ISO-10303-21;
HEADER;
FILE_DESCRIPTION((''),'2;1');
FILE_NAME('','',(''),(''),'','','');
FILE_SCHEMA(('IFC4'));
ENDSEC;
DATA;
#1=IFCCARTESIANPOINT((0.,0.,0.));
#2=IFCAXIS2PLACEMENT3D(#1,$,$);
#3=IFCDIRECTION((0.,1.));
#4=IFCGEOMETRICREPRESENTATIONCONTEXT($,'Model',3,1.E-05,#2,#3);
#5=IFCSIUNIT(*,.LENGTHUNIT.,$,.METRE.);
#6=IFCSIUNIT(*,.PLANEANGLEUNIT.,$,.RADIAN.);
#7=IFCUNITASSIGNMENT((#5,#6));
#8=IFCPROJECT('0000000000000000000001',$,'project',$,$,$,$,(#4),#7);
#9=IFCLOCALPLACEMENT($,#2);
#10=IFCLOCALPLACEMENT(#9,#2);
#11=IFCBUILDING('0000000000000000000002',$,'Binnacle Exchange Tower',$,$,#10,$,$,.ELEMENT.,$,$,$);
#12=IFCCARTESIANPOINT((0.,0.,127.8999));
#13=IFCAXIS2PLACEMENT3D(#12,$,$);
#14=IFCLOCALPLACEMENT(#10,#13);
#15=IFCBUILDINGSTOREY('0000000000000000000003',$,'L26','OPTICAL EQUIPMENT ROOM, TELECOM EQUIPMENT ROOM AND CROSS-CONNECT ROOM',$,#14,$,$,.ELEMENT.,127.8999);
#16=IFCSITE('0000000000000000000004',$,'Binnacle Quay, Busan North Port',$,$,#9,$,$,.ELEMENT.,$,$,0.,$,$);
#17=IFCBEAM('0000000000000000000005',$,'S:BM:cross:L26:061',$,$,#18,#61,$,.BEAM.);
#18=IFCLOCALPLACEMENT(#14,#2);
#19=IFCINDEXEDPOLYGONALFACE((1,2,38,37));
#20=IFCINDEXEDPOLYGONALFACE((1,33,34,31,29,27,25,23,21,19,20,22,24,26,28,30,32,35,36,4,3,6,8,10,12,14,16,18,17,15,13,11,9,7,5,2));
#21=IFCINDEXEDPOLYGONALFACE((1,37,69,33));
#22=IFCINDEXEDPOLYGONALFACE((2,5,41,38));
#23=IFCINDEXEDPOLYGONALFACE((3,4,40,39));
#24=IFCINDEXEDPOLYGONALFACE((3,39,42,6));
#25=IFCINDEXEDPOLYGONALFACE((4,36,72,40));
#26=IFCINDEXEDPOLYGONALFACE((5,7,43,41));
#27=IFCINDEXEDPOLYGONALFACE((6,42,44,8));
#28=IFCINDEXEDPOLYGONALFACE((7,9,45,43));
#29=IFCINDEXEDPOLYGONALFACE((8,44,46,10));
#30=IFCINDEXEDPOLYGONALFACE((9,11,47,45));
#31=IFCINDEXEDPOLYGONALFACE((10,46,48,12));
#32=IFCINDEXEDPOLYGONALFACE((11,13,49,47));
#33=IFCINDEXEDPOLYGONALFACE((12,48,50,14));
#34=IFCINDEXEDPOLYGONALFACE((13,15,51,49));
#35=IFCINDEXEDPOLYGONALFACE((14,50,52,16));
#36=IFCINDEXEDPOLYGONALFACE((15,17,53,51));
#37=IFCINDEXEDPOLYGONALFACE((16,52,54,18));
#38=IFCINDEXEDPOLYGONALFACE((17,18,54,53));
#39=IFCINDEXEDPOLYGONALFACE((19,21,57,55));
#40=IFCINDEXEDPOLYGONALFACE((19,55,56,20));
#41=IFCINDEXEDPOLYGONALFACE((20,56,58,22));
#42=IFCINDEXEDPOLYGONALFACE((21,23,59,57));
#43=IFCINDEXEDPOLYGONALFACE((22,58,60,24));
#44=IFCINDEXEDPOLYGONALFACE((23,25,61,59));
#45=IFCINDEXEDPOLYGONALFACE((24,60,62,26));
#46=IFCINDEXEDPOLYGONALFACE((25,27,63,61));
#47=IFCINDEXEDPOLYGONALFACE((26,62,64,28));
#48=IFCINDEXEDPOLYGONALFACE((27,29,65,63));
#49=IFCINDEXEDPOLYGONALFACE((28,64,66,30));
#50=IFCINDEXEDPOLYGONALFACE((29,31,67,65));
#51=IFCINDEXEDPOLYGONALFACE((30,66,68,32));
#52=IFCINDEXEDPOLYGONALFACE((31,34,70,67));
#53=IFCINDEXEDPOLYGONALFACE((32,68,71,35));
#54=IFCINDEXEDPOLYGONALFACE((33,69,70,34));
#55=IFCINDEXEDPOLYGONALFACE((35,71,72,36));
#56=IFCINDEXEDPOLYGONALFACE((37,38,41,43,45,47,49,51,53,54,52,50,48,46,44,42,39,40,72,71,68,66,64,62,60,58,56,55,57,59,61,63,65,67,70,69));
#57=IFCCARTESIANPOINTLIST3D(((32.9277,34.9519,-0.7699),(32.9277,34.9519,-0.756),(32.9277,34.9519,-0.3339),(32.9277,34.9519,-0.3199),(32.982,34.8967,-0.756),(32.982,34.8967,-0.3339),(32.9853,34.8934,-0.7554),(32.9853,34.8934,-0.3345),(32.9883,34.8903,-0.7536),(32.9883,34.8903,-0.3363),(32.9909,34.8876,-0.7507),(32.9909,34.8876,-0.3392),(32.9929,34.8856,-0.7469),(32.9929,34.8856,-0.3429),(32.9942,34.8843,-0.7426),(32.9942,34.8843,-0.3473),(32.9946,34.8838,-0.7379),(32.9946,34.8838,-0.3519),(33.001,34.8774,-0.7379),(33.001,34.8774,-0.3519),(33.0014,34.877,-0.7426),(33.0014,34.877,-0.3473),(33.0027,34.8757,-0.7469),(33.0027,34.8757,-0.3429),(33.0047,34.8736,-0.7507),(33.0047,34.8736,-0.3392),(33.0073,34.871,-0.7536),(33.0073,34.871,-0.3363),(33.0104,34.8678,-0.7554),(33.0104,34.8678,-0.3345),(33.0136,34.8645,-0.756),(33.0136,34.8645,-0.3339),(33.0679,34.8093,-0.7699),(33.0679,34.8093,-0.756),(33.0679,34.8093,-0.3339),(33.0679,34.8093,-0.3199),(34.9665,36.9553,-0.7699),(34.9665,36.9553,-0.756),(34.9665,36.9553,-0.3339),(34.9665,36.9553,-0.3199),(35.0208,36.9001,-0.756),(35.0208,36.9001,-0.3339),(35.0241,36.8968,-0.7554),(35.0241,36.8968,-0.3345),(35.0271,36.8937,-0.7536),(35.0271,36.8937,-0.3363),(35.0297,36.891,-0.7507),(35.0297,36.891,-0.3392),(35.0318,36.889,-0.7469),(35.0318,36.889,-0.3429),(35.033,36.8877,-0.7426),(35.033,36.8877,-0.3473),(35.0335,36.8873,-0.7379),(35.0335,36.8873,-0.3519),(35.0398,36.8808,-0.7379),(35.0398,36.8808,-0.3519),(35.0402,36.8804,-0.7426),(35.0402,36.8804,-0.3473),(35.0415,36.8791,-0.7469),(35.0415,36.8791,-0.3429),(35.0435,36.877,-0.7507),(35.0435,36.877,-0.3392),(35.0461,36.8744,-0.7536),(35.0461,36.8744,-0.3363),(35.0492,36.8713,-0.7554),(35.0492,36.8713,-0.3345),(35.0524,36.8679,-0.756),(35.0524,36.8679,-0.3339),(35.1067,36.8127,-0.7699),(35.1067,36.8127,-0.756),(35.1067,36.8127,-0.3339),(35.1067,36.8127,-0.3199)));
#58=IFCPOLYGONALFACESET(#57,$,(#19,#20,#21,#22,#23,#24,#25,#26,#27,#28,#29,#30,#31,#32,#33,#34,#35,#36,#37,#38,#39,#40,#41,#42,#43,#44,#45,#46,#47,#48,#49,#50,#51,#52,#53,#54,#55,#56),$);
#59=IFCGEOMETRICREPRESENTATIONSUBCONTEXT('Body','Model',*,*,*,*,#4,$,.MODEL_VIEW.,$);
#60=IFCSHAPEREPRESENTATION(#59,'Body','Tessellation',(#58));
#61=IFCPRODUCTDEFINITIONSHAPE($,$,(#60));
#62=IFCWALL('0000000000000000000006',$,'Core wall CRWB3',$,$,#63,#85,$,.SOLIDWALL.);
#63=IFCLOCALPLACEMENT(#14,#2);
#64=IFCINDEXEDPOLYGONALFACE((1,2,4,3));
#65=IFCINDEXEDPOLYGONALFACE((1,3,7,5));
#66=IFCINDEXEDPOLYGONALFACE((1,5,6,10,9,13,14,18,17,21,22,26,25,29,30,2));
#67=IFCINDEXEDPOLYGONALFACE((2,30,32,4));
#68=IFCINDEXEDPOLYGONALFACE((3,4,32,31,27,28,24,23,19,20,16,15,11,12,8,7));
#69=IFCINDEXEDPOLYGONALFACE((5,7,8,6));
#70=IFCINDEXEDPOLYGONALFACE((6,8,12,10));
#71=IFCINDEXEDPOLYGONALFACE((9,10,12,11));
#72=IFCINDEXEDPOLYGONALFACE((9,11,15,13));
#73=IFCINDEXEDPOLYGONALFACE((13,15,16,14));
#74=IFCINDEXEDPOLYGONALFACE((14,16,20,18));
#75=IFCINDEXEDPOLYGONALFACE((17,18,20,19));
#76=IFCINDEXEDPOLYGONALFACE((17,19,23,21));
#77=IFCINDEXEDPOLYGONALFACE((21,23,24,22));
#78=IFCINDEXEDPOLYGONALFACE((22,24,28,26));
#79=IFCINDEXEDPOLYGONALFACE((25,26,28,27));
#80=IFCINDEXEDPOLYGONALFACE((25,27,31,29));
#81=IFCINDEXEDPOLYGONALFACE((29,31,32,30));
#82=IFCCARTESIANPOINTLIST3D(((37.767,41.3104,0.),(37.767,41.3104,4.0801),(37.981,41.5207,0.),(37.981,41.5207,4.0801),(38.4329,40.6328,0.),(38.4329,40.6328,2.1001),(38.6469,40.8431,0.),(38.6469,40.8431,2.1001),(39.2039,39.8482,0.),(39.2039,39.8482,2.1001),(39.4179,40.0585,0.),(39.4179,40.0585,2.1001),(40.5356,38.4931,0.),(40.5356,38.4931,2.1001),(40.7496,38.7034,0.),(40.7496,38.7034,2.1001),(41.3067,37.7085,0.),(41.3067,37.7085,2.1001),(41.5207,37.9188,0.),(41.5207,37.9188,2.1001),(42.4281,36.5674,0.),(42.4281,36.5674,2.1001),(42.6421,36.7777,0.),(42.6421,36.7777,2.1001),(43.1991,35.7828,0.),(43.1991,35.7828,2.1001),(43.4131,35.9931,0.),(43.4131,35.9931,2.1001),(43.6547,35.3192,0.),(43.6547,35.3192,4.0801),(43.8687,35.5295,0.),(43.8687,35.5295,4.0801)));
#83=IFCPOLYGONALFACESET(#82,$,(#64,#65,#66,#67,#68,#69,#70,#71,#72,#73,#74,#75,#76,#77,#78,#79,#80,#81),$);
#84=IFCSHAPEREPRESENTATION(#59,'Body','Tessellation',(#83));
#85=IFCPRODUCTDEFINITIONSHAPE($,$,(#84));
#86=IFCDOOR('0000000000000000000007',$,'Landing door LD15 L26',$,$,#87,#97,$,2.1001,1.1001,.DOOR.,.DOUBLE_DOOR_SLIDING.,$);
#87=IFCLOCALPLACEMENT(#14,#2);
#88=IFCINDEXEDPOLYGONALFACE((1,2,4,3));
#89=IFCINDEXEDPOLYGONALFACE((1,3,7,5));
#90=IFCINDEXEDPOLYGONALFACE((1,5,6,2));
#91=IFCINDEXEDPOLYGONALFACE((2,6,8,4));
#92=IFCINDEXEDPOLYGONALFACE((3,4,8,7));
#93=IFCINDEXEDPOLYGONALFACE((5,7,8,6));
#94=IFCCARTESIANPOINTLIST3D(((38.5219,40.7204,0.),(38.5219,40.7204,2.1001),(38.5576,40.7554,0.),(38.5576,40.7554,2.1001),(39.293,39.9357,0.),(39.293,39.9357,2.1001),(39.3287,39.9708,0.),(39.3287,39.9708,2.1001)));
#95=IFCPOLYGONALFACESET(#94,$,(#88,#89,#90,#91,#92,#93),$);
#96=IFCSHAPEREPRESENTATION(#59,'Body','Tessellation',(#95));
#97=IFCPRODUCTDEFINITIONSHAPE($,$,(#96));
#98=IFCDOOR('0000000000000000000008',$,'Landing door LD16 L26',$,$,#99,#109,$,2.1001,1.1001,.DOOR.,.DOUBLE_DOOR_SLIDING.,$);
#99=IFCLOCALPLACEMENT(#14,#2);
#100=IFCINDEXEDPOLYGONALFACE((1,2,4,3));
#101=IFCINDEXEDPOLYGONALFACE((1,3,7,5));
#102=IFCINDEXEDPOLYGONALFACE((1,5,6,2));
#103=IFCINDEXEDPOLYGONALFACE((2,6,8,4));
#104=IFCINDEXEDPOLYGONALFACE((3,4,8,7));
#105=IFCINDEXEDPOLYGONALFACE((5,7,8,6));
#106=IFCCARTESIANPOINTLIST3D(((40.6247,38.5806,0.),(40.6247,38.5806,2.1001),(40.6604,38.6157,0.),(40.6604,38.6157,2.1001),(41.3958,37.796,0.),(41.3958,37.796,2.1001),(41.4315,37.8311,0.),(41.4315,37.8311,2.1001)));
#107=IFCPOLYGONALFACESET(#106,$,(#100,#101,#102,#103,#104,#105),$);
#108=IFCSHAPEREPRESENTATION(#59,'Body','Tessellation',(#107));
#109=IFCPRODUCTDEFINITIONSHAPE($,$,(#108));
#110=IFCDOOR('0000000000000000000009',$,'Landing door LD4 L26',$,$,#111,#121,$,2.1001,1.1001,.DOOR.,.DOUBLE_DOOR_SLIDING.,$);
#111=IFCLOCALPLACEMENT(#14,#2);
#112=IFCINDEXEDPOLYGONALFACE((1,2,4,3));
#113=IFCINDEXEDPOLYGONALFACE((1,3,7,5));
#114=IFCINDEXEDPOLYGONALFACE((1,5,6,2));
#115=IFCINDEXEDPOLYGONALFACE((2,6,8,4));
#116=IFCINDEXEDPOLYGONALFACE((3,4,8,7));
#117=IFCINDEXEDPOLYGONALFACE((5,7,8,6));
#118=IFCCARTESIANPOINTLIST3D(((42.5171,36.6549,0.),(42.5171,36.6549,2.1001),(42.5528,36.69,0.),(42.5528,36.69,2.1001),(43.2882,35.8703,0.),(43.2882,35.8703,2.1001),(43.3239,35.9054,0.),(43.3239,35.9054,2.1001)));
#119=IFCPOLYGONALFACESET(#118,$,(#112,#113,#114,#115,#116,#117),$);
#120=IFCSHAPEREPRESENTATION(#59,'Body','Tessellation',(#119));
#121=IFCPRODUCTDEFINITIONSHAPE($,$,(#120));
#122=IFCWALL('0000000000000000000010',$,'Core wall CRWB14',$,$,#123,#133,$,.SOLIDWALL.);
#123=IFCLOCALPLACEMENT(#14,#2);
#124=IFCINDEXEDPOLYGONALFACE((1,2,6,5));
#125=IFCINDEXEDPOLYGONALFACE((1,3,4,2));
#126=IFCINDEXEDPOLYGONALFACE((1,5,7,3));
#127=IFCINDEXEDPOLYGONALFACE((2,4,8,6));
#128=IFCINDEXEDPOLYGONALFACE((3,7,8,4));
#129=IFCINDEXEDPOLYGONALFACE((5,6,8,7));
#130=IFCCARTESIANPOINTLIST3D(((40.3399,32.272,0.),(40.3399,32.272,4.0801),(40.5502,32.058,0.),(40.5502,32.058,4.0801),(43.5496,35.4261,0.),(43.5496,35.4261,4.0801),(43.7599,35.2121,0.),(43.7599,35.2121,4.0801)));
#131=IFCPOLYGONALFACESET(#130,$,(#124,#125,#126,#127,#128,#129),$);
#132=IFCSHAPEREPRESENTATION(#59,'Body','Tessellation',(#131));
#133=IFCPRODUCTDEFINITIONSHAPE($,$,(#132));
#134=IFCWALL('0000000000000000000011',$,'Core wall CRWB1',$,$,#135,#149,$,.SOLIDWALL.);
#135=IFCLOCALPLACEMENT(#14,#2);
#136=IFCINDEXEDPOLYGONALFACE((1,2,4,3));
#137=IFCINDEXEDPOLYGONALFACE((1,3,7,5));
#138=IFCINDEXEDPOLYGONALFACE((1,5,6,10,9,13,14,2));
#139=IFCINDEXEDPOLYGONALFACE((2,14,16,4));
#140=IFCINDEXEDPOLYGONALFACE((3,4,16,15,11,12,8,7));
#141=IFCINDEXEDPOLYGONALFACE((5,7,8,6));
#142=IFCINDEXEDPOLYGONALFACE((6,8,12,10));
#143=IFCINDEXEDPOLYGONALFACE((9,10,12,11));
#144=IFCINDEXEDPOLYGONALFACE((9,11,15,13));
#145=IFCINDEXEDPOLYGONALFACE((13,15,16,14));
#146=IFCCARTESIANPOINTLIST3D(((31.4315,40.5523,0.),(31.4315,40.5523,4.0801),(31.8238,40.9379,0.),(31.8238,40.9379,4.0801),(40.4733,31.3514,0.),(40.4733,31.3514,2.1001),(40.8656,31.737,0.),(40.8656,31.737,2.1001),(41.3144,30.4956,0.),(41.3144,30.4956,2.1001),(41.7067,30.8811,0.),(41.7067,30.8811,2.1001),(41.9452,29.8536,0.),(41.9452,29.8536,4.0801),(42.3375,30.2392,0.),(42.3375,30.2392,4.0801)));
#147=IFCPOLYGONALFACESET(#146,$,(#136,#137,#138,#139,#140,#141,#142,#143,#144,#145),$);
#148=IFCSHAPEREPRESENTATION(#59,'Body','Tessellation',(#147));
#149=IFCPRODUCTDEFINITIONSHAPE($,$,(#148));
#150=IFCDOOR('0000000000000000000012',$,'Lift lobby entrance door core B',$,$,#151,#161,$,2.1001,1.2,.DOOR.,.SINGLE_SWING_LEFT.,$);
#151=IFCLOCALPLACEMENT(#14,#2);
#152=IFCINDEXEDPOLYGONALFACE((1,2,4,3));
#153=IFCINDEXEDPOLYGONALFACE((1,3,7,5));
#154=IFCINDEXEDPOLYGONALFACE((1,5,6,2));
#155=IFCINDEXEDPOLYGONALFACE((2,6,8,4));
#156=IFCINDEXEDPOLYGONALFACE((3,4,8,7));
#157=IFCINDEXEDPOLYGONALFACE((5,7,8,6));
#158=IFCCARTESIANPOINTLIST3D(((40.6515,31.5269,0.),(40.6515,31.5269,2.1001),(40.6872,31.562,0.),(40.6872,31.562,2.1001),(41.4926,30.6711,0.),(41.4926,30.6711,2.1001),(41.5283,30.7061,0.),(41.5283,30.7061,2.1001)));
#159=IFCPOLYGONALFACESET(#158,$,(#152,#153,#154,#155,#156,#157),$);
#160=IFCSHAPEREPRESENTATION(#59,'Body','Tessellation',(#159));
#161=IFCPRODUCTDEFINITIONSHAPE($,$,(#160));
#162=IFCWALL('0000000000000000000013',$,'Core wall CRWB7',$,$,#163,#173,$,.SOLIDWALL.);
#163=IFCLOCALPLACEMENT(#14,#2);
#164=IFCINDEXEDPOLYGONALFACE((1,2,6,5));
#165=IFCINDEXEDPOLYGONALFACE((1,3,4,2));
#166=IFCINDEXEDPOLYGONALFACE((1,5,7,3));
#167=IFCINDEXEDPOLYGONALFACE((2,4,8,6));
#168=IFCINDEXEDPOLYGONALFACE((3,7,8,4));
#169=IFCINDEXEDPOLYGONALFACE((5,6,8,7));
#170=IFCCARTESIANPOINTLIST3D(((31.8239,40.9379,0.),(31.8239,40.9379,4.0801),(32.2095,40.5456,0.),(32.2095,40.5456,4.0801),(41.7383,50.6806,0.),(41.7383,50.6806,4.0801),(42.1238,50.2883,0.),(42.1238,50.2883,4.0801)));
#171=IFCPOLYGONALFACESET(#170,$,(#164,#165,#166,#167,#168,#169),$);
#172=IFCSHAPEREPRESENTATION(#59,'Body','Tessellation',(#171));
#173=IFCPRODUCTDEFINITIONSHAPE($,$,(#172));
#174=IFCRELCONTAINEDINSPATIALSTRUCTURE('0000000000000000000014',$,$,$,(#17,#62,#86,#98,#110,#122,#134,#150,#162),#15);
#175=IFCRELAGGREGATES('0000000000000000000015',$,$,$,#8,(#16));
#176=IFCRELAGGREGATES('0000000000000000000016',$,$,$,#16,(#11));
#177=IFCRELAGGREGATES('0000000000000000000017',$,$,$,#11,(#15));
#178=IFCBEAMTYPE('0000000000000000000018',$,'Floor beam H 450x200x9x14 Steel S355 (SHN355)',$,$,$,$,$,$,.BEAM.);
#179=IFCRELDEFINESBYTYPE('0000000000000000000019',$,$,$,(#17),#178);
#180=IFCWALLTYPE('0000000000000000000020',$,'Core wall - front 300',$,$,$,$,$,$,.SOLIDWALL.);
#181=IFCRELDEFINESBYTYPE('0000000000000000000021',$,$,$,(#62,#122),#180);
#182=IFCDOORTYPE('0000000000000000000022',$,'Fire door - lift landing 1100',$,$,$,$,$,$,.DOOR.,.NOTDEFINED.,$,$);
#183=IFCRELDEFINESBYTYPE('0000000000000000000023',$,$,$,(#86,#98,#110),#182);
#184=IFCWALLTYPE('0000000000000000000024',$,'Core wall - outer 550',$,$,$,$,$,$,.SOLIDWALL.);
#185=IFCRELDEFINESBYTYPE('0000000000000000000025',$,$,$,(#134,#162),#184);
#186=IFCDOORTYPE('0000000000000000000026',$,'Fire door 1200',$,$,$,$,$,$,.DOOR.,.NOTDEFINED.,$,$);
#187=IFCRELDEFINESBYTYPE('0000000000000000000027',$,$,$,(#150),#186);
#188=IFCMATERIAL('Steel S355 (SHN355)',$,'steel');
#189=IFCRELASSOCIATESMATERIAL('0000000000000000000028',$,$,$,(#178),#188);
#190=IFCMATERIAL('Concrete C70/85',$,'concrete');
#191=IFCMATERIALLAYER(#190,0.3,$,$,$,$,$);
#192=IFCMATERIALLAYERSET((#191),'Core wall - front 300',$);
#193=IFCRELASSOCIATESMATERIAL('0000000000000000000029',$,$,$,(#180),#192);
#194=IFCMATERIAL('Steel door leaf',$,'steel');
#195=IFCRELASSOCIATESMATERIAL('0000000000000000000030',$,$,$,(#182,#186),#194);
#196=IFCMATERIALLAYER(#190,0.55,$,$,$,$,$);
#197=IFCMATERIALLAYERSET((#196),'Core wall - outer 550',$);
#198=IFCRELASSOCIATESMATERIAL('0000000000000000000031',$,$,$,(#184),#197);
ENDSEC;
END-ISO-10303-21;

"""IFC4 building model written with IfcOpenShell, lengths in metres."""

from ifc_helpers import new_model, si_unit, direction, frame, frame_2d, origin, origin_2d, place, context, subcontext, project, spatial, rectangle, i_section, extrude, material, layer, layer_set, material_profile, profile_set, type_object, element, fill, save


model = new_model("IFC4")

# Units and contexts
model_context = context("Model", 3, precision=1e-05, world=origin(), true_north=direction((0.0, 1.0)))
body_context = subcontext(model_context, "Body", "Model", "MODEL_VIEW")
ifc_project = project(units=[si_unit("LENGTHUNIT", "METRE"), si_unit("PLANEANGLEUNIT", "RADIAN")], contexts=[model_context])

# Site, building, storey
site_placement = place(None, origin())
site = spatial("IfcSite", under=ifc_project, at=site_placement, Name="Binnacle Quay, Busan North Port", CompositionType="ELEMENT", RefElevation=0.0)
building_placement = place(site_placement, origin())
building = spatial("IfcBuilding", under=site, at=building_placement, Name="Binnacle Exchange Tower", CompositionType="ELEMENT")
storey_placement = place(building_placement, frame((0.0, 0.0, 127.8999)))
storey = spatial("IfcBuildingStorey", under=building, at=storey_placement, Name="L26", Description="OPTICAL EQUIPMENT ROOM, TELECOM EQUIPMENT ROOM AND CROSS-CONNECT ROOM", CompositionType="ELEMENT", Elevation=127.8999)

# Shared definitions
ifc_material_1 = material(Name="Concrete C70/85", Category="concrete")

# Beam
ifc_material_2 = material(Name="Steel S355 (SHN355)", Category="steel")
ifc_material_profile_1 = material_profile(ifc_material_2, i_section(OverallWidth=0.2, OverallDepth=0.45, WebThickness=0.009, FlangeThickness=0.0139, FilletRadius=0.0181, at=origin_2d()), Name="H 450x200x9x14")
ifc_profile_set_1 = profile_set([ifc_material_profile_1], Name="Steel S355 (SHN355)")
beam_type_1 = type_object("IfcBeamType", Name="Floor beam H 450x200x9x14 Steel S355 (SHN355)", PredefinedType="BEAM", material=ifc_profile_set_1)
beam_1_placement = place(storey_placement, frame((32.9978, 34.8806, -0.5449), z_axis=(0.713272, 0.700887, 0.0), x_axis=(-0.700887, 0.713272, 0.0)))
element("IfcBeam", 1, at=beam_1_placement, inside=storey, type_object=beam_type_1, Name="S:BM:cross:L26:061", PredefinedType="BEAM", context=body_context, shape_type="SweptSolid", body=[
    extrude(i_section(OverallWidth=0.2, OverallDepth=0.45, WebThickness=0.009, FlangeThickness=0.0139, FilletRadius=0.0181, at=origin_2d()), origin(), (0.0, 0.0, 1.0), 2.8584),
])

# Wall, openings, doors
ifc_layer_1 = layer(ifc_material_1, 0.3)
ifc_layer_set_1 = layer_set([ifc_layer_1], Name="Core wall - front 300")
wall_type_1 = type_object("IfcWallType", Name="Core wall - front 300", PredefinedType="SOLIDWALL", material=ifc_layer_set_1)
wall_1_placement = place(storey_placement, frame((37.874, 41.4155, 0.0), z_axis=(0.0, 0.0, 1.0), x_axis=(0.700918, -0.713242, 0.0)))
wall_1 = element("IfcWall", 2, at=wall_1_placement, inside=storey, type_object=wall_type_1, Name="Core wall CRWB3", PredefinedType="SOLIDWALL", context=body_context, shape_type="SweptSolid", body=[
    extrude(rectangle(XDim=8.3999, YDim=0.3, at=frame_2d((4.2, 0.0))), origin(), (0.0, 0.0, 1.0), 4.0801),
])
opening_1_placement = place(wall_1_placement, frame((0.95, 0.0, 0.0)))
opening_1 = element("IfcOpeningElement", 3, at=opening_1_placement, cuts=wall_1, PredefinedType="OPENING", context=body_context, shape_type="SweptSolid", body=[
    extrude(rectangle(XDim=1.1001, YDim=2.1001, at=frame_2d((0.55, 1.05))), frame((0.0, 0.1599, 0.0), z_axis=(0.0, -1.0, 0.0), x_axis=(1.0, 0.0, 0.0)), (0.0, 0.0, 1.0), 0.3201),
])
opening_2_placement = place(wall_1_placement, frame((3.95, 0.0, 0.0)))
opening_2 = element("IfcOpeningElement", 4, at=opening_2_placement, cuts=wall_1, PredefinedType="OPENING", context=body_context, shape_type="SweptSolid", body=[
    extrude(rectangle(XDim=1.1001, YDim=2.1001, at=frame_2d((0.55, 1.05))), frame((0.0, 0.1599, 0.0), z_axis=(0.0, -1.0, 0.0), x_axis=(1.0, 0.0, 0.0)), (0.0, 0.0, 1.0), 0.3201),
])
opening_3_placement = place(wall_1_placement, frame((6.6499, 0.0, 0.0)))
opening_3 = element("IfcOpeningElement", 5, at=opening_3_placement, cuts=wall_1, PredefinedType="OPENING", context=body_context, shape_type="SweptSolid", body=[
    extrude(rectangle(XDim=1.1001, YDim=2.1001, at=frame_2d((0.55, 1.05))), frame((0.0, 0.1599, 0.0), z_axis=(0.0, -1.0, 0.0), x_axis=(1.0, 0.0, 0.0)), (0.0, 0.0, 1.0), 0.3201),
])
ifc_material_3 = material(Name="Steel door leaf", Category="steel")
door_type_1 = type_object("IfcDoorType", Name="Fire door - lift landing 1100", OperationType="NOTDEFINED", PredefinedType="DOOR", material=ifc_material_3)
door_1_placement = place(opening_1_placement, origin())
door_1 = element("IfcDoor", 6, at=door_1_placement, inside=storey, type_object=door_type_1, Name="Landing door LD15 L26", OperationType="DOUBLE_DOOR_SLIDING", OverallHeight=2.1001, OverallWidth=1.1001, PredefinedType="DOOR", context=body_context, shape_type="SweptSolid", body=[
    extrude(rectangle(XDim=1.1001, YDim=2.1001, at=frame_2d((0.55, 1.05))), frame((0.0, 0.0249, 0.0), z_axis=(0.0, -1.0, 0.0), x_axis=(1.0, 0.0, 0.0)), (0.0, 0.0, 1.0), 0.05),
])
fill(opening_1, door_1)
door_2_placement = place(opening_2_placement, origin())
door_2 = element("IfcDoor", 7, at=door_2_placement, inside=storey, type_object=door_type_1, Name="Landing door LD16 L26", OperationType="DOUBLE_DOOR_SLIDING", OverallHeight=2.1001, OverallWidth=1.1001, PredefinedType="DOOR", context=body_context, shape_type="SweptSolid", body=[
    extrude(rectangle(XDim=1.1001, YDim=2.1001, at=frame_2d((0.55, 1.05))), frame((0.0, 0.0249, 0.0), z_axis=(0.0, -1.0, 0.0), x_axis=(1.0, 0.0, 0.0)), (0.0, 0.0, 1.0), 0.05),
])
fill(opening_2, door_2)
door_3_placement = place(opening_3_placement, origin())
door_3 = element("IfcDoor", 8, at=door_3_placement, inside=storey, type_object=door_type_1, Name="Landing door LD4 L26", OperationType="DOUBLE_DOOR_SLIDING", OverallHeight=2.1001, OverallWidth=1.1001, PredefinedType="DOOR", context=body_context, shape_type="SweptSolid", body=[
    extrude(rectangle(XDim=1.1001, YDim=2.1001, at=frame_2d((0.55, 1.05))), frame((0.0, 0.0249, 0.0), z_axis=(0.0, -1.0, 0.0), x_axis=(1.0, 0.0, 0.0)), (0.0, 0.0, 1.0), 0.05),
])
fill(opening_3, door_3)

# Wall
wall_2_placement = place(storey_placement, frame((40.4451, 32.165, 0.0), z_axis=(0.0, 0.0, 1.0), x_axis=(0.713265, 0.700895, 0.0)))
element("IfcWall", 9, at=wall_2_placement, inside=storey, type_object=wall_type_1, Name="Core wall CRWB14", PredefinedType="SOLIDWALL", context=body_context, shape_type="SweptSolid", body=[
    extrude(rectangle(XDim=4.5, YDim=0.3, at=frame_2d((2.25, 0.0))), origin(), (0.0, 0.0, 1.0), 4.0801),
])

# Wall, opening, door
ifc_layer_2 = layer(ifc_material_1, 0.55)
ifc_layer_set_2 = layer_set([ifc_layer_2], Name="Core wall - outer 550")
wall_type_2 = type_object("IfcWallType", Name="Core wall - outer 550", PredefinedType="SOLIDWALL", material=ifc_layer_set_2)
wall_3_placement = place(storey_placement, frame((31.6277, 40.7451, 0.0), z_axis=(0.0, 0.0, 1.0), x_axis=(0.700911, -0.713248, 0.0)))
wall_3 = element("IfcWall", 10, at=wall_3_placement, inside=storey, type_object=wall_type_2, Name="Core wall CRWB1", PredefinedType="SOLIDWALL", context=body_context, shape_type="SweptSolid", body=[
    extrude(rectangle(XDim=15.0, YDim=0.55, at=frame_2d((7.5, 0.0))), origin(), (0.0, 0.0, 1.0), 4.0801),
])
opening_4_placement = place(wall_3_placement, frame((12.8999, 0.0, 0.0)))
opening_4 = element("IfcOpeningElement", 11, at=opening_4_placement, cuts=wall_3, PredefinedType="OPENING", context=body_context, shape_type="SweptSolid", body=[
    extrude(rectangle(XDim=1.2, YDim=2.1001, at=frame_2d((0.6001, 1.05))), frame((0.0, 0.2849, 0.0), z_axis=(0.0, -1.0, 0.0), x_axis=(1.0, 0.0, 0.0)), (0.0, 0.0, 1.0), 0.5701),
])
door_type_2 = type_object("IfcDoorType", Name="Fire door 1200", OperationType="NOTDEFINED", PredefinedType="DOOR", material=ifc_material_3)
door_4_placement = place(opening_4_placement, frame((1.2, 0.0, 0.0), z_axis=(0.0, 0.0, 1.0), x_axis=(-1.0, 0.0, 0.0)))
door_4 = element("IfcDoor", 12, at=door_4_placement, inside=storey, type_object=door_type_2, Name="Lift lobby entrance door core B", OperationType="SINGLE_SWING_LEFT", OverallHeight=2.1001, OverallWidth=1.2, PredefinedType="DOOR", context=body_context, shape_type="SweptSolid", body=[
    extrude(rectangle(XDim=1.2, YDim=2.1001, at=frame_2d((0.6001, 1.05))), frame((0.0, 0.0249, 0.0), z_axis=(0.0, -1.0, 0.0), x_axis=(1.0, 0.0, 0.0)), (0.0, 0.0, 1.0), 0.05),
])
fill(opening_4, door_4)

# Wall
wall_4_placement = place(storey_placement, frame((32.0166, 40.7417, 0.0), z_axis=(0.0, 0.0, 1.0), x_axis=(0.713254, 0.700906, 0.0)))
element("IfcWall", 13, at=wall_4_placement, inside=storey, type_object=wall_type_2, Name="Core wall CRWB7", PredefinedType="SOLIDWALL", context=body_context, shape_type="SweptSolid", body=[
    extrude(rectangle(XDim=13.9001, YDim=0.55, at=frame_2d((6.9502, 0.0))), origin(), (0.0, 0.0, 1.0), 4.0801),
])

save(model, "model.ifc")
